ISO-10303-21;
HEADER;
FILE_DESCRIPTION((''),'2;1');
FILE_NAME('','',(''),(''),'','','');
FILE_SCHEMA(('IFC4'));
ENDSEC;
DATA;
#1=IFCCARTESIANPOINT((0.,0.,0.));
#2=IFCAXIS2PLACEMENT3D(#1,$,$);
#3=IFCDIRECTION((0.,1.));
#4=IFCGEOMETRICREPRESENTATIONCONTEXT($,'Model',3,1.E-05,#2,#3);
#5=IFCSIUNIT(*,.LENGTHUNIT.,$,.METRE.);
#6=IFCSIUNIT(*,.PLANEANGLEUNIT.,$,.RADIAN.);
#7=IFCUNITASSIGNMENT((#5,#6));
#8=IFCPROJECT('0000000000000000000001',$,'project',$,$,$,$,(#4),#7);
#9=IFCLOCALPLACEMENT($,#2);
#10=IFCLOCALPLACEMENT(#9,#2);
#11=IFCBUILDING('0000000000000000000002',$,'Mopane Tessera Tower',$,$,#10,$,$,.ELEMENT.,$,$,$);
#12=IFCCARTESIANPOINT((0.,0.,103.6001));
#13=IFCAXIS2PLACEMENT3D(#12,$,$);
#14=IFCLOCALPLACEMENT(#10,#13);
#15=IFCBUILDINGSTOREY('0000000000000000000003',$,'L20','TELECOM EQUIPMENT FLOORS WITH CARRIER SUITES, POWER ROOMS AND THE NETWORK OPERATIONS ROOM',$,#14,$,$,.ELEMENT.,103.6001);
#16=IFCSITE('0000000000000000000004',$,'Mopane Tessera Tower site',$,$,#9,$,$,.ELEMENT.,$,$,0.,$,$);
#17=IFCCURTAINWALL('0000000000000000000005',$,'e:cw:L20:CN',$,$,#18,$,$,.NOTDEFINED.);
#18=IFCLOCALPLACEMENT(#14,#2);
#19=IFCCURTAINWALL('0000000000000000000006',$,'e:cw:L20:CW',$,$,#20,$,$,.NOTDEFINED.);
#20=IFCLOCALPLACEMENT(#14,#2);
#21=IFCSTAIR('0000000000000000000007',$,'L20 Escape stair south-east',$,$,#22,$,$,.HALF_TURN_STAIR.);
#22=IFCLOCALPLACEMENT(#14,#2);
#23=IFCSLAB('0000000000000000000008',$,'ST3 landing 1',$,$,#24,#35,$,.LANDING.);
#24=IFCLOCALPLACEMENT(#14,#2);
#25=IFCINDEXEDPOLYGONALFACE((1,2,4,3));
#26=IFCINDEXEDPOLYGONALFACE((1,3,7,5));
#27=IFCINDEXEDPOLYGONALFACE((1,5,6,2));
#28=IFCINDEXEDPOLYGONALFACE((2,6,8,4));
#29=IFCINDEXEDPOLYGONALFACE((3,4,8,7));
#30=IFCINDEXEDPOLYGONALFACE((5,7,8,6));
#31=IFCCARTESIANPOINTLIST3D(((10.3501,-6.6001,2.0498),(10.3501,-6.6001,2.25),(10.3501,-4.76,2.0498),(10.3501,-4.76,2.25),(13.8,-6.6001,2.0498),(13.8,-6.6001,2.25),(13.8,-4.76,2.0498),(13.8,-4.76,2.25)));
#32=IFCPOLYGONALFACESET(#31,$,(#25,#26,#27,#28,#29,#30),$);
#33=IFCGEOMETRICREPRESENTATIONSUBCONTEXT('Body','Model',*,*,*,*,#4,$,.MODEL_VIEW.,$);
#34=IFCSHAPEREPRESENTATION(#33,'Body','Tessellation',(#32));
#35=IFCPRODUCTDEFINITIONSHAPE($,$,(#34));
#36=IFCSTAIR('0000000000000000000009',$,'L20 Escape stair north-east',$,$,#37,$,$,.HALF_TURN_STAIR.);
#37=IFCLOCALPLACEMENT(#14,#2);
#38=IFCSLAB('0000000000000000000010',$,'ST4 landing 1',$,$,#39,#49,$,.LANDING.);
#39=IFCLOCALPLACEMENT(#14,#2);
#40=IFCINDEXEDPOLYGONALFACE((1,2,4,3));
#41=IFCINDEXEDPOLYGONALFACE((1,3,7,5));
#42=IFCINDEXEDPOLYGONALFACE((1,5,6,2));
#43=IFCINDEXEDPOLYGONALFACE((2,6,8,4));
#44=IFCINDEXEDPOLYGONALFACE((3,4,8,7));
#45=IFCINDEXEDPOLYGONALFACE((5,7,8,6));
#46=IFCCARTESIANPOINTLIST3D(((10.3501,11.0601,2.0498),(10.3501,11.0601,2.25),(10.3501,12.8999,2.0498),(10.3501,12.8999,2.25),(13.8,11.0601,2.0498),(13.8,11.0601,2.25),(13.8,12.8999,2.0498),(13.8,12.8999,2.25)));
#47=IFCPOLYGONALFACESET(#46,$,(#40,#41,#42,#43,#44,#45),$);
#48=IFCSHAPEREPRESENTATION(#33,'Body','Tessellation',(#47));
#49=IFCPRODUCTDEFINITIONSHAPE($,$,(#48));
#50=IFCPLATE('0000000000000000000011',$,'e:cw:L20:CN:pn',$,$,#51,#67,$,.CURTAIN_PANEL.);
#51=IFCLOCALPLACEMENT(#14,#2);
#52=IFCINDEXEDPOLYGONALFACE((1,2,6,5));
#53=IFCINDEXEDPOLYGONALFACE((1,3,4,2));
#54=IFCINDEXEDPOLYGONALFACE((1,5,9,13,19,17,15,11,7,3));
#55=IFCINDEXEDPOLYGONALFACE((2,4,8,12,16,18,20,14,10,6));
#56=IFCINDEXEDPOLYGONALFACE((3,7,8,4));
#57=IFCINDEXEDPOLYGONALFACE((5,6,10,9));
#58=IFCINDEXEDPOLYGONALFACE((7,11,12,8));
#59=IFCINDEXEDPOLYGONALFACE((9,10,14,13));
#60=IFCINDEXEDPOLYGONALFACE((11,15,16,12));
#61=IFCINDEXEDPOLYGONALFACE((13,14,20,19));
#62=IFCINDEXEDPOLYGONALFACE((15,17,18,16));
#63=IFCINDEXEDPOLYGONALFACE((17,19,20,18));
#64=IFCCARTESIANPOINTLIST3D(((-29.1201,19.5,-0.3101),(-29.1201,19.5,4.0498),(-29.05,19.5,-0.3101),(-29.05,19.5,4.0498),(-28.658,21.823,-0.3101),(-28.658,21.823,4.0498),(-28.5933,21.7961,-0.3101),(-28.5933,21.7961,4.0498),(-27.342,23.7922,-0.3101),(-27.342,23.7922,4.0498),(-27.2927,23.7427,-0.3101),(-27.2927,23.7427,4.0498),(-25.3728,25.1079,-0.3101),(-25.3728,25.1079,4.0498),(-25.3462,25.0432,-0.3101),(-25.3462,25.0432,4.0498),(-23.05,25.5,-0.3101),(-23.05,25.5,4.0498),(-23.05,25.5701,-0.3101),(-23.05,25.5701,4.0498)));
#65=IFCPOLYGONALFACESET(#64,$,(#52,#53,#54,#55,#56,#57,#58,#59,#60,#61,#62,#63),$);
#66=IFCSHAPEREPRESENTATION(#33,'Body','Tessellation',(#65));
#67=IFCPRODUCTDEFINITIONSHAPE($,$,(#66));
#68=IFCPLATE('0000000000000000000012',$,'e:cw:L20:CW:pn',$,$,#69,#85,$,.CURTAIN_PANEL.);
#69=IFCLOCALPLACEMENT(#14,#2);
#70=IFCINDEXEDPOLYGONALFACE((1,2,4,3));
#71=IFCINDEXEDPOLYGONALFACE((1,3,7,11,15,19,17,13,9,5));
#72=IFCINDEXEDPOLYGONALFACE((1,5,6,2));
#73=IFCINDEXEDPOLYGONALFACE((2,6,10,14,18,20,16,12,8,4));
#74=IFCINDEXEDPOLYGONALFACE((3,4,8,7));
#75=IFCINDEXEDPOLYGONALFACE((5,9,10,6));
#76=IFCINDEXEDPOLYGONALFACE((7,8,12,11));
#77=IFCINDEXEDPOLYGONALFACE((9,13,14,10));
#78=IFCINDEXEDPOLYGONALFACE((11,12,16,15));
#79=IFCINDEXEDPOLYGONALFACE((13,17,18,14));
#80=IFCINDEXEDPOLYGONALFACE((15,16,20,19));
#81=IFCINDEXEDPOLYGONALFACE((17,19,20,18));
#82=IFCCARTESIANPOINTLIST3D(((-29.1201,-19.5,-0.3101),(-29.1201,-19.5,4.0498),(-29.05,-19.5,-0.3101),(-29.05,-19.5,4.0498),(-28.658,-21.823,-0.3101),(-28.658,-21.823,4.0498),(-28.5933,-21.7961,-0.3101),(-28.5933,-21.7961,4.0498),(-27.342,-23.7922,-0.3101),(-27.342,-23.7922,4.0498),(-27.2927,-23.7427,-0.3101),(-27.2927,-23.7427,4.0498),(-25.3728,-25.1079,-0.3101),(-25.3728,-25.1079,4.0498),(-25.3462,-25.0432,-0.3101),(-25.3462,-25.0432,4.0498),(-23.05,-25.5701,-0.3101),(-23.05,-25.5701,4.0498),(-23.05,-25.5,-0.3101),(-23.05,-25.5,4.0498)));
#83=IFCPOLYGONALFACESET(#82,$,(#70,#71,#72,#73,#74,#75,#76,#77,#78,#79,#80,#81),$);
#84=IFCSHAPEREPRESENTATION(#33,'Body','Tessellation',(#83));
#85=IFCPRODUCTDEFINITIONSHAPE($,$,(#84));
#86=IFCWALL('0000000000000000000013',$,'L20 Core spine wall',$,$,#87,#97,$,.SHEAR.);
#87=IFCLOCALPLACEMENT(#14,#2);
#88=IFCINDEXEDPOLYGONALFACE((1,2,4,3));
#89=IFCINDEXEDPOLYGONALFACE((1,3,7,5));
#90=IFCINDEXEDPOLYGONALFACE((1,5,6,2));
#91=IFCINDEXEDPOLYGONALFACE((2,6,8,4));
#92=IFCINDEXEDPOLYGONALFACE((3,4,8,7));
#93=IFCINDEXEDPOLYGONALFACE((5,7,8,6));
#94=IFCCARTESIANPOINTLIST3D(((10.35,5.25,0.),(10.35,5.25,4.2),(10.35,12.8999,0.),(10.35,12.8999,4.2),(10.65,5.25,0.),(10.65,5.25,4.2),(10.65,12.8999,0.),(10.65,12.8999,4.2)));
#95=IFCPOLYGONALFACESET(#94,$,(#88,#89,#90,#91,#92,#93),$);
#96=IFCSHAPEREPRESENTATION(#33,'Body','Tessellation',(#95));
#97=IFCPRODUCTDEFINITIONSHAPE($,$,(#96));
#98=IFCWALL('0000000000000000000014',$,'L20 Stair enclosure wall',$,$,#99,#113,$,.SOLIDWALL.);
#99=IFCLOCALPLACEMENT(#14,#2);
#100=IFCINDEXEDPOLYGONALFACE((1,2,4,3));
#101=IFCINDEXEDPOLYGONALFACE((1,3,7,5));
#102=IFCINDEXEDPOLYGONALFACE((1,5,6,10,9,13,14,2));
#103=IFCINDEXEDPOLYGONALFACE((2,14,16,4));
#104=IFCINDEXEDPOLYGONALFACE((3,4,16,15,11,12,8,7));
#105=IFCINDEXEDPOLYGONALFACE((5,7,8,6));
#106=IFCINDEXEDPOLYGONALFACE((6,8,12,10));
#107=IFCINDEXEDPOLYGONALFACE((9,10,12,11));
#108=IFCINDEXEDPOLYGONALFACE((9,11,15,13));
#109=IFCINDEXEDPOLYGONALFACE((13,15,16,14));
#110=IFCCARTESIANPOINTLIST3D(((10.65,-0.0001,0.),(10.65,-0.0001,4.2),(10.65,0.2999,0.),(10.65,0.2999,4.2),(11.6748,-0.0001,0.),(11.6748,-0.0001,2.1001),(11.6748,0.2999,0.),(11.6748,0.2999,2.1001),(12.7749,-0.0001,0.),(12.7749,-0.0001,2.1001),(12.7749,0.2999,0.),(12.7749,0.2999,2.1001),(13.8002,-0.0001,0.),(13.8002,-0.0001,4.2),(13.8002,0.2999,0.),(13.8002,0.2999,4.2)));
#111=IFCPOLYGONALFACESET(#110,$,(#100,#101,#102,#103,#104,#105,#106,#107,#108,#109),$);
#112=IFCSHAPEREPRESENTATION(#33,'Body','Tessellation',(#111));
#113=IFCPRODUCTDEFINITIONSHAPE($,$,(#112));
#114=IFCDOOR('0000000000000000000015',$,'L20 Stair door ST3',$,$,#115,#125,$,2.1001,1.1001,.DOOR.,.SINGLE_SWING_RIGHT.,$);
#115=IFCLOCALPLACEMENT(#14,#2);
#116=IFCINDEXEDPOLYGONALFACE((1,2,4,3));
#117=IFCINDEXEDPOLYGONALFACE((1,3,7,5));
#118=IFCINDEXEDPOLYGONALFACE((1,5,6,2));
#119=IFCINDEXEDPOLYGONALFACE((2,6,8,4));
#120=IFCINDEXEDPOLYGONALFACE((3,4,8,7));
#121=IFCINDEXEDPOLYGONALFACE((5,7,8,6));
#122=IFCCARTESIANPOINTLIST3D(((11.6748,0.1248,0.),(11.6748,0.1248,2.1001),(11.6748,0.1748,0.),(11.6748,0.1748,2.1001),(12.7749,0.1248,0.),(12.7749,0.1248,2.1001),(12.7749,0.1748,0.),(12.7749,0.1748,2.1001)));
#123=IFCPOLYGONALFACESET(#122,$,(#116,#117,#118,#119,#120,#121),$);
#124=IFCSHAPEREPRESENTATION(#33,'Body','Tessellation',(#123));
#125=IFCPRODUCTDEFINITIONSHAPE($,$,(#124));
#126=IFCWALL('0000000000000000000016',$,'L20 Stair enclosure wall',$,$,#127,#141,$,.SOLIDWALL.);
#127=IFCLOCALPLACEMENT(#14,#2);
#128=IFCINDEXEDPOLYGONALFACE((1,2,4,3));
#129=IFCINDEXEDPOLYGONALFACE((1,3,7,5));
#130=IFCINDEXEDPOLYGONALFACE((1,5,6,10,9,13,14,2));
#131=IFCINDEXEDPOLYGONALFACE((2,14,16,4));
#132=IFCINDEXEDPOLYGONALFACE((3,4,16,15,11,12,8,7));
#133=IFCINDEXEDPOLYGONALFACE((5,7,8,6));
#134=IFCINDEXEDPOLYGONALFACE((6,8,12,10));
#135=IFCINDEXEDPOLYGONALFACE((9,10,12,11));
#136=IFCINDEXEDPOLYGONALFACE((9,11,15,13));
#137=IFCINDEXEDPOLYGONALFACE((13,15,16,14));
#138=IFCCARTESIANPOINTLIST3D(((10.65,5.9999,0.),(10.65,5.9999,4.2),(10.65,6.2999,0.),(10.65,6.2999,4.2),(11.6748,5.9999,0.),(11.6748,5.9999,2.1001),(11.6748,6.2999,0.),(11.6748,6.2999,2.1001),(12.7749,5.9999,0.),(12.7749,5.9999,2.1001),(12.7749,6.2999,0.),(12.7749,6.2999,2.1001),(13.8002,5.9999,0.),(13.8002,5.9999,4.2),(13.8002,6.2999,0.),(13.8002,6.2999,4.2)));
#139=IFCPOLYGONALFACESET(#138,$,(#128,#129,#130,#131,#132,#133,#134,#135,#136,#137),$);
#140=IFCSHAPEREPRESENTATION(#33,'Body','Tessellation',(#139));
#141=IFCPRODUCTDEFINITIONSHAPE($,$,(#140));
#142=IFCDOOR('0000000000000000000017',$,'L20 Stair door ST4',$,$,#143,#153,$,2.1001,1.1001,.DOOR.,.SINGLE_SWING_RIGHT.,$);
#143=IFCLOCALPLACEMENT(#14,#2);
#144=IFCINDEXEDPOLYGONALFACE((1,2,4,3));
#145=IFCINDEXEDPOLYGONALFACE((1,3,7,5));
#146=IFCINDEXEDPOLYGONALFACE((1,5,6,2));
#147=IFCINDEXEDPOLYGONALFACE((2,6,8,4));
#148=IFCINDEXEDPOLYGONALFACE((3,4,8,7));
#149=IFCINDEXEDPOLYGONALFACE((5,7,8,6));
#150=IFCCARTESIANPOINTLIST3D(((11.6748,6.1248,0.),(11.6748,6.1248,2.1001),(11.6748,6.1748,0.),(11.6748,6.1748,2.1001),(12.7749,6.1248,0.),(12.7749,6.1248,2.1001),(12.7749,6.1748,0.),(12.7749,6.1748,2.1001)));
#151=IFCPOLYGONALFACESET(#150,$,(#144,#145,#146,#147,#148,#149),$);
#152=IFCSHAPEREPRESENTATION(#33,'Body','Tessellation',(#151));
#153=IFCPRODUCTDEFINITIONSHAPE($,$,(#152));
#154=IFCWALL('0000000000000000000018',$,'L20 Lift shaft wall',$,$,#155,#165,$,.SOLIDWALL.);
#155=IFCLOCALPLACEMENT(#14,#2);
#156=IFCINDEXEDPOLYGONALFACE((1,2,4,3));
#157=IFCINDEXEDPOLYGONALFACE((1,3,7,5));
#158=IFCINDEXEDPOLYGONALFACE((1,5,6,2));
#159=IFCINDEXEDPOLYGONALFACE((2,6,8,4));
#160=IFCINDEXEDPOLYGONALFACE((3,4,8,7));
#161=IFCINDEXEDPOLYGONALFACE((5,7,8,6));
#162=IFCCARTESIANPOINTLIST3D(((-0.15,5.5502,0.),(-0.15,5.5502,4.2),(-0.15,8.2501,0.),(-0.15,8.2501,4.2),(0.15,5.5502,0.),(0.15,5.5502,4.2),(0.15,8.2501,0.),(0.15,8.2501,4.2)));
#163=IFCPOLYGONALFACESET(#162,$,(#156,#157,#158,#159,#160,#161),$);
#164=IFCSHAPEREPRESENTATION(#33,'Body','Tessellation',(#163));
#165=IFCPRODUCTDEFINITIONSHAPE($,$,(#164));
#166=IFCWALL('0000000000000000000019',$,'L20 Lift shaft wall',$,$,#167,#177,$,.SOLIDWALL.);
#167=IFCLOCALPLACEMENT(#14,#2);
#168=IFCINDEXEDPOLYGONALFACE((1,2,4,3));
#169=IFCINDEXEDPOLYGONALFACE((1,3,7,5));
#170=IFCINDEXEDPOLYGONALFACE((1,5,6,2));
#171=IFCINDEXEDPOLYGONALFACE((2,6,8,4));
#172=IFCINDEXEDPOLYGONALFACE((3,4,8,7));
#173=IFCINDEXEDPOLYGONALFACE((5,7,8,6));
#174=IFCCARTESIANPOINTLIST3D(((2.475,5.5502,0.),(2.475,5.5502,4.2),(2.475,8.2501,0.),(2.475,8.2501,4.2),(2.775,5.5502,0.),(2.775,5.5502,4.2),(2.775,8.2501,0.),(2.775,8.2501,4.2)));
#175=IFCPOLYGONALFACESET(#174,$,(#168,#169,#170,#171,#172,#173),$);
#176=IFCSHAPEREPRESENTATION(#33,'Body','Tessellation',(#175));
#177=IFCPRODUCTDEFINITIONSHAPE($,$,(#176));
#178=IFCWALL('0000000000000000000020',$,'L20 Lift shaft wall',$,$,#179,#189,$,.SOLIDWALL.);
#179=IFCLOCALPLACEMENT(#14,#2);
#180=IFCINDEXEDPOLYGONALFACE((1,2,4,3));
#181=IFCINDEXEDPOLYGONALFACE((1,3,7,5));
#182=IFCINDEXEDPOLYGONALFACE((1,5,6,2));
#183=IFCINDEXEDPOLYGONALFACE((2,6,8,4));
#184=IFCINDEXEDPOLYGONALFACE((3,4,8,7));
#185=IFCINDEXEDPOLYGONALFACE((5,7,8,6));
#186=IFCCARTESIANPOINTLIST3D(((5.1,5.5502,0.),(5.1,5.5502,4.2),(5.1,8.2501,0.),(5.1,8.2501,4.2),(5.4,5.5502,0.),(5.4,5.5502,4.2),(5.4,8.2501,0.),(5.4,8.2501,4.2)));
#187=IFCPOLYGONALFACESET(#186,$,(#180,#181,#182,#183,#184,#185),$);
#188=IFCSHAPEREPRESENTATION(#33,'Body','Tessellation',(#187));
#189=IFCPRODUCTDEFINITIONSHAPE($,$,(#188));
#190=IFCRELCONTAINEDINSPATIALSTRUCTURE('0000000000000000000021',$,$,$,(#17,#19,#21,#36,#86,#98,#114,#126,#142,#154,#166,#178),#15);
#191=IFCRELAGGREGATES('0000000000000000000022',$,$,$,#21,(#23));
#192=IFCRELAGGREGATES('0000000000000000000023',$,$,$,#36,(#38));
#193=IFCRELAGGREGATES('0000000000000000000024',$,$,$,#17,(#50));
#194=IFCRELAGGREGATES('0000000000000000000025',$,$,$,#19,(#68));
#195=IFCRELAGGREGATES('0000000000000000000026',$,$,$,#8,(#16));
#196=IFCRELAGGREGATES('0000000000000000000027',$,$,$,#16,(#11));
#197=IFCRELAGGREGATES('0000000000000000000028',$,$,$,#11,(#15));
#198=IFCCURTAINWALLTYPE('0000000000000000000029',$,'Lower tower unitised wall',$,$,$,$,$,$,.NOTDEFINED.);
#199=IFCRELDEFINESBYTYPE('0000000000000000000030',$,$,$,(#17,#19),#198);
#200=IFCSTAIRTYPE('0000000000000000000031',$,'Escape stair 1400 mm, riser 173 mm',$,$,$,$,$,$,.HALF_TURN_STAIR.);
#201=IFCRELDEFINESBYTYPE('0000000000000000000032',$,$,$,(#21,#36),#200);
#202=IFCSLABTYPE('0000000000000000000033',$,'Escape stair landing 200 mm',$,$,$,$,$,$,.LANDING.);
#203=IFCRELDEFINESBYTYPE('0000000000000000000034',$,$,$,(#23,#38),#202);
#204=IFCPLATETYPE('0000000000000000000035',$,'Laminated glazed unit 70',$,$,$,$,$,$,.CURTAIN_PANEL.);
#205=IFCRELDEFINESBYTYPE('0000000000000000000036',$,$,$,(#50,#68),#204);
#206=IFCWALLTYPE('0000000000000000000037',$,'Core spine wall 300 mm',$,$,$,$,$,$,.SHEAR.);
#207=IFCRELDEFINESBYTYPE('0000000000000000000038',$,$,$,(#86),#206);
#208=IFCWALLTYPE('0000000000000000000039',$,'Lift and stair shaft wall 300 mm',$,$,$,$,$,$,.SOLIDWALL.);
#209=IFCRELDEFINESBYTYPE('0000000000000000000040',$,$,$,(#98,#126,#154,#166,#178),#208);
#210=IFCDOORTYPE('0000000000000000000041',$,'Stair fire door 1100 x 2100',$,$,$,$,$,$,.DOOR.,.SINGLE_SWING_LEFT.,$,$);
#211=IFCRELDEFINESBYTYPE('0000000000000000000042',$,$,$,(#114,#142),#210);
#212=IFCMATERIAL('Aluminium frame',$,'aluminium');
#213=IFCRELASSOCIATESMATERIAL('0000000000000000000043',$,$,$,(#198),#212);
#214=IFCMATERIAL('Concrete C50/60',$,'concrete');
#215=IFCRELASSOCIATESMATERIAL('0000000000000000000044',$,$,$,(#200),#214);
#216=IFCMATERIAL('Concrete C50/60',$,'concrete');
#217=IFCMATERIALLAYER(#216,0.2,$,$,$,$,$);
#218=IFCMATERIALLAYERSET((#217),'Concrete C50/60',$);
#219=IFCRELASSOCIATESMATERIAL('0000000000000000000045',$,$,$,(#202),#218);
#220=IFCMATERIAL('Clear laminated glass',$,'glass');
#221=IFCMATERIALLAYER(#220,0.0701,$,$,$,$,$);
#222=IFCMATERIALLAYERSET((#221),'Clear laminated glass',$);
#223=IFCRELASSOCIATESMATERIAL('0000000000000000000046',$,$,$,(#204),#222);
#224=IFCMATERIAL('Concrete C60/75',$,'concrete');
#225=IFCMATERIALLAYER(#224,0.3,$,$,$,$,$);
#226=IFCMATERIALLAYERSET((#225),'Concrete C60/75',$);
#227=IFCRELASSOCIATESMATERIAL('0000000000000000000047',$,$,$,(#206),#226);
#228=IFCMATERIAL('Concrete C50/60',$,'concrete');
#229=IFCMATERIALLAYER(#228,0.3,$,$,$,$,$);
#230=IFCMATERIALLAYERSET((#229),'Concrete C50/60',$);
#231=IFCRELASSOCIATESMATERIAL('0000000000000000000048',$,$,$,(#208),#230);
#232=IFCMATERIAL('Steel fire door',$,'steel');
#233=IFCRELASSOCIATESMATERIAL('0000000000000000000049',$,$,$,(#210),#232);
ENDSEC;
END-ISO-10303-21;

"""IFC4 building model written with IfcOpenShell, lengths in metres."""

from ifc_helpers import new_model, si_unit, direction, frame, frame_2d, origin, place, context, subcontext, project, spatial, polyline, rectangle, outline, extrude, material, layer, layer_set, type_object, element, fill, aggregate, save


model = new_model("IFC4")

# Units and contexts
model_context = context("Model", 3, precision=1e-05, world=origin(), true_north=direction((0.0, 1.0)))
body_context = subcontext(model_context, "Body", "Model", "MODEL_VIEW")
ifc_project = project(units=[si_unit("LENGTHUNIT", "METRE"), si_unit("PLANEANGLEUNIT", "RADIAN")], contexts=[model_context])

# Site, building, storey
site_placement = place(None, origin())
site = spatial("IfcSite", under=ifc_project, at=site_placement, Name="Mopane Tessera Tower site", CompositionType="ELEMENT", RefElevation=0.0)
building_placement = place(site_placement, origin())
building = spatial("IfcBuilding", under=site, at=building_placement, Name="Mopane Tessera Tower", CompositionType="ELEMENT")
storey_placement = place(building_placement, frame((0.0, 0.0, 103.6001)))
storey = spatial("IfcBuildingStorey", under=building, at=storey_placement, Name="L20", Description="TELECOM EQUIPMENT FLOORS WITH CARRIER SUITES, POWER ROOMS AND THE NETWORK OPERATIONS ROOM", CompositionType="ELEMENT", Elevation=103.6001)

# Curtain walls
ifc_material_1 = material(Name="Aluminium frame", Category="aluminium")
curtain_wall_type = type_object("IfcCurtainWallType", Name="Lower tower unitised wall", PredefinedType="NOTDEFINED", material=ifc_material_1)
curtain_wall_1_placement = place(storey_placement, origin())
curtain_wall_1 = element("IfcCurtainWall", 1, at=curtain_wall_1_placement, inside=storey, type_object=curtain_wall_type, Name="e:cw:L20:CN", PredefinedType="NOTDEFINED")
curtain_wall_2_placement = place(storey_placement, origin())
curtain_wall_2 = element("IfcCurtainWall", 2, at=curtain_wall_2_placement, inside=storey, type_object=curtain_wall_type, Name="e:cw:L20:CW", PredefinedType="NOTDEFINED")

# Stairs, slabs
ifc_material_2 = material(Name="Concrete C50/60", Category="concrete")
stair_type = type_object("IfcStairType", Name="Escape stair 1400 mm, riser 173 mm", PredefinedType="HALF_TURN_STAIR", material=ifc_material_2)
ifc_material_3 = material(Name="Concrete C50/60", Category="concrete")
ifc_layer_1 = layer(ifc_material_3, 0.2)
ifc_layer_set_1 = layer_set([ifc_layer_1], Name="Concrete C50/60")
slab_type_1 = type_object("IfcSlabType", Name="Escape stair landing 200 mm", PredefinedType="LANDING", material=ifc_layer_set_1)
stair_1_placement = place(storey_placement, origin())
stair_1 = element("IfcStair", 3, at=stair_1_placement, inside=storey, type_object=stair_type, Name="L20 Escape stair south-east", PredefinedType="HALF_TURN_STAIR")
slab_1_placement = place(storey_placement, frame((0.0, 0.0, 2.0498)))
slab_1 = element("IfcSlab", 4, at=slab_1_placement, type_object=slab_type_1, Name="ST3 landing 1", PredefinedType="LANDING", context=body_context, shape_type="SweptSolid", body=[
    extrude(outline(polyline([(10.3501, -4.76), (10.3501, -6.6001), (13.8, -6.6001), (13.8, -4.76), (10.3501, -4.76)])), origin(), (0.0, 0.0, 1.0), 0.2002),
])
aggregate(stair_1, [slab_1])
stair_2_placement = place(storey_placement, origin())
stair_2 = element("IfcStair", 5, at=stair_2_placement, inside=storey, type_object=stair_type, Name="L20 Escape stair north-east", PredefinedType="HALF_TURN_STAIR")
slab_2_placement = place(storey_placement, frame((0.0, 0.0, 2.0498)))
slab_2 = element("IfcSlab", 6, at=slab_2_placement, type_object=slab_type_1, Name="ST4 landing 1", PredefinedType="LANDING", context=body_context, shape_type="SweptSolid", body=[
    extrude(outline(polyline([(13.8, 11.0601), (13.8, 12.8999), (10.3501, 12.8999), (10.3501, 11.0601), (13.8, 11.0601)])), origin(), (0.0, 0.0, 1.0), 0.2002),
])
aggregate(stair_2, [slab_2])

# Plates
ifc_material_4 = material(Name="Clear laminated glass", Category="glass")
ifc_layer_2 = layer(ifc_material_4, 0.0701)
ifc_layer_set_2 = layer_set([ifc_layer_2], Name="Clear laminated glass")
plate_type = type_object("IfcPlateType", Name="Laminated glazed unit 70", PredefinedType="CURTAIN_PANEL", material=ifc_layer_set_2)
plate_1_placement = place(storey_placement, frame((0.0, 0.0, -0.3101)))
plate_1 = element("IfcPlate", 7, at=plate_1_placement, type_object=plate_type, Name="e:cw:L20:CN:pn", PredefinedType="CURTAIN_PANEL", context=body_context, shape_type="SweptSolid", body=[
    extrude(outline(polyline([(-23.05, 25.5), (-25.3462, 25.0432), (-27.2927, 23.7427), (-28.5933, 21.7961), (-29.05, 19.5), (-29.1201, 19.5), (-28.658, 21.823), (-27.342, 23.7922), (-25.3728, 25.1079), (-23.05, 25.5701), (-23.05, 25.5)])), origin(), (0.0, 0.0, 1.0), 4.3599),
])
aggregate(curtain_wall_1, [plate_1])
plate_2_placement = place(storey_placement, frame((0.0, 0.0, -0.3101)))
plate_2 = element("IfcPlate", 8, at=plate_2_placement, type_object=plate_type, Name="e:cw:L20:CW:pn", PredefinedType="CURTAIN_PANEL", context=body_context, shape_type="SweptSolid", body=[
    extrude(outline(polyline([(-29.05, -19.5), (-28.5933, -21.7961), (-27.2927, -23.7427), (-25.3462, -25.0432), (-23.05, -25.5), (-23.05, -25.5701), (-25.3728, -25.1079), (-27.342, -23.7922), (-28.658, -21.823), (-29.1201, -19.5), (-29.05, -19.5)])), origin(), (0.0, 0.0, 1.0), 4.3599),
])
aggregate(curtain_wall_2, [plate_2])

# Wall
ifc_material_5 = material(Name="Concrete C60/75", Category="concrete")
ifc_layer_3 = layer(ifc_material_5, 0.3)
ifc_layer_set_3 = layer_set([ifc_layer_3], Name="Concrete C60/75")
wall_type_1 = type_object("IfcWallType", Name="Core spine wall 300 mm", PredefinedType="SHEAR", material=ifc_layer_set_3)
wall_1_placement = place(storey_placement, frame((10.5, 5.25, 0.0), z_axis=(0.0, 0.0, 1.0), x_axis=(0.0, 1.0, 0.0)))
element("IfcWall", 9, at=wall_1_placement, inside=storey, type_object=wall_type_1, Name="L20 Core spine wall", PredefinedType="SHEAR", context=body_context, shape_type="SweptSolid", body=[
    extrude(rectangle(XDim=7.6499, YDim=0.3, at=frame_2d((3.825, 0.0))), origin(), (0.0, 0.0, 1.0), 4.2),
])

# Walls, openings, doors
ifc_material_6 = material(Name="Concrete C50/60", Category="concrete")
ifc_layer_4 = layer(ifc_material_6, 0.3)
ifc_layer_set_4 = layer_set([ifc_layer_4], Name="Concrete C50/60")
wall_type_2 = type_object("IfcWallType", Name="Lift and stair shaft wall 300 mm", PredefinedType="SOLIDWALL", material=ifc_layer_set_4)
wall_2_placement = place(storey_placement, frame((10.6499, 0.1499, 0.0), z_axis=(0.0, 0.0, 1.0), x_axis=(1.0, 0.0, 0.0)))
wall_2 = element("IfcWall", 10, at=wall_2_placement, inside=storey, type_object=wall_type_2, Name="L20 Stair enclosure wall", PredefinedType="SOLIDWALL", context=body_context, shape_type="SweptSolid", body=[
    extrude(rectangle(XDim=3.1501, YDim=0.3, at=frame_2d((1.5752, 0.0))), origin(), (0.0, 0.0, 1.0), 4.2),
])
opening_1_placement = place(wall_2_placement, frame((1.0249, 0.0, 0.0)))
opening_1 = element("IfcOpeningElement", 11, at=opening_1_placement, cuts=wall_2, PredefinedType="OPENING", context=body_context, shape_type="SweptSolid", body=[
    extrude(rectangle(XDim=1.1001, YDim=2.1001, at=frame_2d((0.55, 1.05))), frame((0.0, 0.1621, 0.0), z_axis=(0.0, -1.0, 0.0), x_axis=(1.0, 0.0, 0.0)), (0.0, 0.0, 1.0), 0.324),
])
ifc_material_7 = material(Name="Steel fire door", Category="steel")
door_type = type_object("IfcDoorType", Name="Stair fire door 1100 x 2100", OperationType="SINGLE_SWING_LEFT", PredefinedType="DOOR", material=ifc_material_7)
door_1_placement = place(opening_1_placement, origin())
door_1 = element("IfcDoor", 12, at=door_1_placement, inside=storey, type_object=door_type, Name="L20 Stair door ST3", OperationType="SINGLE_SWING_RIGHT", OverallHeight=2.1001, OverallWidth=1.1001, PredefinedType="DOOR", context=body_context, shape_type="SweptSolid", body=[
    extrude(rectangle(XDim=1.1001, YDim=2.1001, at=frame_2d((0.55, 1.05))), frame((0.0, 0.0249, 0.0), z_axis=(0.0, -1.0, 0.0), x_axis=(1.0, 0.0, 0.0)), (0.0, 0.0, 1.0), 0.05),
])
fill(opening_1, door_1)
wall_3_placement = place(storey_placement, frame((10.6499, 6.1499, 0.0), z_axis=(0.0, 0.0, 1.0), x_axis=(1.0, 0.0, 0.0)))
wall_3 = element("IfcWall", 13, at=wall_3_placement, inside=storey, type_object=wall_type_2, Name="L20 Stair enclosure wall", PredefinedType="SOLIDWALL", context=body_context, shape_type="SweptSolid", body=[
    extrude(rectangle(XDim=3.1501, YDim=0.3, at=frame_2d((1.5752, 0.0))), origin(), (0.0, 0.0, 1.0), 4.2),
])
opening_2_placement = place(wall_3_placement, frame((1.0249, 0.0, 0.0)))
opening_2 = element("IfcOpeningElement", 14, at=opening_2_placement, cuts=wall_3, PredefinedType="OPENING", context=body_context, shape_type="SweptSolid", body=[
    extrude(rectangle(XDim=1.1001, YDim=2.1001, at=frame_2d((0.55, 1.05))), frame((0.0, 0.1621, 0.0), z_axis=(0.0, -1.0, 0.0), x_axis=(1.0, 0.0, 0.0)), (0.0, 0.0, 1.0), 0.324),
])
door_2_placement = place(opening_2_placement, origin())
door_2 = element("IfcDoor", 15, at=door_2_placement, inside=storey, type_object=door_type, Name="L20 Stair door ST4", OperationType="SINGLE_SWING_RIGHT", OverallHeight=2.1001, OverallWidth=1.1001, PredefinedType="DOOR", context=body_context, shape_type="SweptSolid", body=[
    extrude(rectangle(XDim=1.1001, YDim=2.1001, at=frame_2d((0.55, 1.05))), frame((0.0, 0.0249, 0.0), z_axis=(0.0, -1.0, 0.0), x_axis=(1.0, 0.0, 0.0)), (0.0, 0.0, 1.0), 0.05),
])
fill(opening_2, door_2)

# Walls
for number, where, z_axis, x_axis, name in (
    (16, (0.0, 5.55, 0.0), (0.0, 0.0, 1.0), (0.0, 1.0, 0.0), "L20 Lift shaft wall"),
    (17, (2.625, 5.55, 0.0), (0.0, 0.0, 1.0), (0.0, 1.0, 0.0), "L20 Lift shaft wall"),
    (18, (5.25, 5.55, 0.0), (0.0, 0.0, 1.0), (0.0, 1.0, 0.0), "L20 Lift shaft wall"),
):
    element("IfcWall", number, at=place(storey_placement, frame(where, z_axis=z_axis, x_axis=x_axis)), inside=storey, type_object=wall_type_2, Name=name, PredefinedType="SOLIDWALL", context=body_context, shape_type="SweptSolid", body=[
        extrude(rectangle(XDim=2.7, YDim=0.3, at=frame_2d((1.3501, 0.0))), origin(), (0.0, 0.0, 1.0), 4.2),
    ])

save(model, "model.ifc")
